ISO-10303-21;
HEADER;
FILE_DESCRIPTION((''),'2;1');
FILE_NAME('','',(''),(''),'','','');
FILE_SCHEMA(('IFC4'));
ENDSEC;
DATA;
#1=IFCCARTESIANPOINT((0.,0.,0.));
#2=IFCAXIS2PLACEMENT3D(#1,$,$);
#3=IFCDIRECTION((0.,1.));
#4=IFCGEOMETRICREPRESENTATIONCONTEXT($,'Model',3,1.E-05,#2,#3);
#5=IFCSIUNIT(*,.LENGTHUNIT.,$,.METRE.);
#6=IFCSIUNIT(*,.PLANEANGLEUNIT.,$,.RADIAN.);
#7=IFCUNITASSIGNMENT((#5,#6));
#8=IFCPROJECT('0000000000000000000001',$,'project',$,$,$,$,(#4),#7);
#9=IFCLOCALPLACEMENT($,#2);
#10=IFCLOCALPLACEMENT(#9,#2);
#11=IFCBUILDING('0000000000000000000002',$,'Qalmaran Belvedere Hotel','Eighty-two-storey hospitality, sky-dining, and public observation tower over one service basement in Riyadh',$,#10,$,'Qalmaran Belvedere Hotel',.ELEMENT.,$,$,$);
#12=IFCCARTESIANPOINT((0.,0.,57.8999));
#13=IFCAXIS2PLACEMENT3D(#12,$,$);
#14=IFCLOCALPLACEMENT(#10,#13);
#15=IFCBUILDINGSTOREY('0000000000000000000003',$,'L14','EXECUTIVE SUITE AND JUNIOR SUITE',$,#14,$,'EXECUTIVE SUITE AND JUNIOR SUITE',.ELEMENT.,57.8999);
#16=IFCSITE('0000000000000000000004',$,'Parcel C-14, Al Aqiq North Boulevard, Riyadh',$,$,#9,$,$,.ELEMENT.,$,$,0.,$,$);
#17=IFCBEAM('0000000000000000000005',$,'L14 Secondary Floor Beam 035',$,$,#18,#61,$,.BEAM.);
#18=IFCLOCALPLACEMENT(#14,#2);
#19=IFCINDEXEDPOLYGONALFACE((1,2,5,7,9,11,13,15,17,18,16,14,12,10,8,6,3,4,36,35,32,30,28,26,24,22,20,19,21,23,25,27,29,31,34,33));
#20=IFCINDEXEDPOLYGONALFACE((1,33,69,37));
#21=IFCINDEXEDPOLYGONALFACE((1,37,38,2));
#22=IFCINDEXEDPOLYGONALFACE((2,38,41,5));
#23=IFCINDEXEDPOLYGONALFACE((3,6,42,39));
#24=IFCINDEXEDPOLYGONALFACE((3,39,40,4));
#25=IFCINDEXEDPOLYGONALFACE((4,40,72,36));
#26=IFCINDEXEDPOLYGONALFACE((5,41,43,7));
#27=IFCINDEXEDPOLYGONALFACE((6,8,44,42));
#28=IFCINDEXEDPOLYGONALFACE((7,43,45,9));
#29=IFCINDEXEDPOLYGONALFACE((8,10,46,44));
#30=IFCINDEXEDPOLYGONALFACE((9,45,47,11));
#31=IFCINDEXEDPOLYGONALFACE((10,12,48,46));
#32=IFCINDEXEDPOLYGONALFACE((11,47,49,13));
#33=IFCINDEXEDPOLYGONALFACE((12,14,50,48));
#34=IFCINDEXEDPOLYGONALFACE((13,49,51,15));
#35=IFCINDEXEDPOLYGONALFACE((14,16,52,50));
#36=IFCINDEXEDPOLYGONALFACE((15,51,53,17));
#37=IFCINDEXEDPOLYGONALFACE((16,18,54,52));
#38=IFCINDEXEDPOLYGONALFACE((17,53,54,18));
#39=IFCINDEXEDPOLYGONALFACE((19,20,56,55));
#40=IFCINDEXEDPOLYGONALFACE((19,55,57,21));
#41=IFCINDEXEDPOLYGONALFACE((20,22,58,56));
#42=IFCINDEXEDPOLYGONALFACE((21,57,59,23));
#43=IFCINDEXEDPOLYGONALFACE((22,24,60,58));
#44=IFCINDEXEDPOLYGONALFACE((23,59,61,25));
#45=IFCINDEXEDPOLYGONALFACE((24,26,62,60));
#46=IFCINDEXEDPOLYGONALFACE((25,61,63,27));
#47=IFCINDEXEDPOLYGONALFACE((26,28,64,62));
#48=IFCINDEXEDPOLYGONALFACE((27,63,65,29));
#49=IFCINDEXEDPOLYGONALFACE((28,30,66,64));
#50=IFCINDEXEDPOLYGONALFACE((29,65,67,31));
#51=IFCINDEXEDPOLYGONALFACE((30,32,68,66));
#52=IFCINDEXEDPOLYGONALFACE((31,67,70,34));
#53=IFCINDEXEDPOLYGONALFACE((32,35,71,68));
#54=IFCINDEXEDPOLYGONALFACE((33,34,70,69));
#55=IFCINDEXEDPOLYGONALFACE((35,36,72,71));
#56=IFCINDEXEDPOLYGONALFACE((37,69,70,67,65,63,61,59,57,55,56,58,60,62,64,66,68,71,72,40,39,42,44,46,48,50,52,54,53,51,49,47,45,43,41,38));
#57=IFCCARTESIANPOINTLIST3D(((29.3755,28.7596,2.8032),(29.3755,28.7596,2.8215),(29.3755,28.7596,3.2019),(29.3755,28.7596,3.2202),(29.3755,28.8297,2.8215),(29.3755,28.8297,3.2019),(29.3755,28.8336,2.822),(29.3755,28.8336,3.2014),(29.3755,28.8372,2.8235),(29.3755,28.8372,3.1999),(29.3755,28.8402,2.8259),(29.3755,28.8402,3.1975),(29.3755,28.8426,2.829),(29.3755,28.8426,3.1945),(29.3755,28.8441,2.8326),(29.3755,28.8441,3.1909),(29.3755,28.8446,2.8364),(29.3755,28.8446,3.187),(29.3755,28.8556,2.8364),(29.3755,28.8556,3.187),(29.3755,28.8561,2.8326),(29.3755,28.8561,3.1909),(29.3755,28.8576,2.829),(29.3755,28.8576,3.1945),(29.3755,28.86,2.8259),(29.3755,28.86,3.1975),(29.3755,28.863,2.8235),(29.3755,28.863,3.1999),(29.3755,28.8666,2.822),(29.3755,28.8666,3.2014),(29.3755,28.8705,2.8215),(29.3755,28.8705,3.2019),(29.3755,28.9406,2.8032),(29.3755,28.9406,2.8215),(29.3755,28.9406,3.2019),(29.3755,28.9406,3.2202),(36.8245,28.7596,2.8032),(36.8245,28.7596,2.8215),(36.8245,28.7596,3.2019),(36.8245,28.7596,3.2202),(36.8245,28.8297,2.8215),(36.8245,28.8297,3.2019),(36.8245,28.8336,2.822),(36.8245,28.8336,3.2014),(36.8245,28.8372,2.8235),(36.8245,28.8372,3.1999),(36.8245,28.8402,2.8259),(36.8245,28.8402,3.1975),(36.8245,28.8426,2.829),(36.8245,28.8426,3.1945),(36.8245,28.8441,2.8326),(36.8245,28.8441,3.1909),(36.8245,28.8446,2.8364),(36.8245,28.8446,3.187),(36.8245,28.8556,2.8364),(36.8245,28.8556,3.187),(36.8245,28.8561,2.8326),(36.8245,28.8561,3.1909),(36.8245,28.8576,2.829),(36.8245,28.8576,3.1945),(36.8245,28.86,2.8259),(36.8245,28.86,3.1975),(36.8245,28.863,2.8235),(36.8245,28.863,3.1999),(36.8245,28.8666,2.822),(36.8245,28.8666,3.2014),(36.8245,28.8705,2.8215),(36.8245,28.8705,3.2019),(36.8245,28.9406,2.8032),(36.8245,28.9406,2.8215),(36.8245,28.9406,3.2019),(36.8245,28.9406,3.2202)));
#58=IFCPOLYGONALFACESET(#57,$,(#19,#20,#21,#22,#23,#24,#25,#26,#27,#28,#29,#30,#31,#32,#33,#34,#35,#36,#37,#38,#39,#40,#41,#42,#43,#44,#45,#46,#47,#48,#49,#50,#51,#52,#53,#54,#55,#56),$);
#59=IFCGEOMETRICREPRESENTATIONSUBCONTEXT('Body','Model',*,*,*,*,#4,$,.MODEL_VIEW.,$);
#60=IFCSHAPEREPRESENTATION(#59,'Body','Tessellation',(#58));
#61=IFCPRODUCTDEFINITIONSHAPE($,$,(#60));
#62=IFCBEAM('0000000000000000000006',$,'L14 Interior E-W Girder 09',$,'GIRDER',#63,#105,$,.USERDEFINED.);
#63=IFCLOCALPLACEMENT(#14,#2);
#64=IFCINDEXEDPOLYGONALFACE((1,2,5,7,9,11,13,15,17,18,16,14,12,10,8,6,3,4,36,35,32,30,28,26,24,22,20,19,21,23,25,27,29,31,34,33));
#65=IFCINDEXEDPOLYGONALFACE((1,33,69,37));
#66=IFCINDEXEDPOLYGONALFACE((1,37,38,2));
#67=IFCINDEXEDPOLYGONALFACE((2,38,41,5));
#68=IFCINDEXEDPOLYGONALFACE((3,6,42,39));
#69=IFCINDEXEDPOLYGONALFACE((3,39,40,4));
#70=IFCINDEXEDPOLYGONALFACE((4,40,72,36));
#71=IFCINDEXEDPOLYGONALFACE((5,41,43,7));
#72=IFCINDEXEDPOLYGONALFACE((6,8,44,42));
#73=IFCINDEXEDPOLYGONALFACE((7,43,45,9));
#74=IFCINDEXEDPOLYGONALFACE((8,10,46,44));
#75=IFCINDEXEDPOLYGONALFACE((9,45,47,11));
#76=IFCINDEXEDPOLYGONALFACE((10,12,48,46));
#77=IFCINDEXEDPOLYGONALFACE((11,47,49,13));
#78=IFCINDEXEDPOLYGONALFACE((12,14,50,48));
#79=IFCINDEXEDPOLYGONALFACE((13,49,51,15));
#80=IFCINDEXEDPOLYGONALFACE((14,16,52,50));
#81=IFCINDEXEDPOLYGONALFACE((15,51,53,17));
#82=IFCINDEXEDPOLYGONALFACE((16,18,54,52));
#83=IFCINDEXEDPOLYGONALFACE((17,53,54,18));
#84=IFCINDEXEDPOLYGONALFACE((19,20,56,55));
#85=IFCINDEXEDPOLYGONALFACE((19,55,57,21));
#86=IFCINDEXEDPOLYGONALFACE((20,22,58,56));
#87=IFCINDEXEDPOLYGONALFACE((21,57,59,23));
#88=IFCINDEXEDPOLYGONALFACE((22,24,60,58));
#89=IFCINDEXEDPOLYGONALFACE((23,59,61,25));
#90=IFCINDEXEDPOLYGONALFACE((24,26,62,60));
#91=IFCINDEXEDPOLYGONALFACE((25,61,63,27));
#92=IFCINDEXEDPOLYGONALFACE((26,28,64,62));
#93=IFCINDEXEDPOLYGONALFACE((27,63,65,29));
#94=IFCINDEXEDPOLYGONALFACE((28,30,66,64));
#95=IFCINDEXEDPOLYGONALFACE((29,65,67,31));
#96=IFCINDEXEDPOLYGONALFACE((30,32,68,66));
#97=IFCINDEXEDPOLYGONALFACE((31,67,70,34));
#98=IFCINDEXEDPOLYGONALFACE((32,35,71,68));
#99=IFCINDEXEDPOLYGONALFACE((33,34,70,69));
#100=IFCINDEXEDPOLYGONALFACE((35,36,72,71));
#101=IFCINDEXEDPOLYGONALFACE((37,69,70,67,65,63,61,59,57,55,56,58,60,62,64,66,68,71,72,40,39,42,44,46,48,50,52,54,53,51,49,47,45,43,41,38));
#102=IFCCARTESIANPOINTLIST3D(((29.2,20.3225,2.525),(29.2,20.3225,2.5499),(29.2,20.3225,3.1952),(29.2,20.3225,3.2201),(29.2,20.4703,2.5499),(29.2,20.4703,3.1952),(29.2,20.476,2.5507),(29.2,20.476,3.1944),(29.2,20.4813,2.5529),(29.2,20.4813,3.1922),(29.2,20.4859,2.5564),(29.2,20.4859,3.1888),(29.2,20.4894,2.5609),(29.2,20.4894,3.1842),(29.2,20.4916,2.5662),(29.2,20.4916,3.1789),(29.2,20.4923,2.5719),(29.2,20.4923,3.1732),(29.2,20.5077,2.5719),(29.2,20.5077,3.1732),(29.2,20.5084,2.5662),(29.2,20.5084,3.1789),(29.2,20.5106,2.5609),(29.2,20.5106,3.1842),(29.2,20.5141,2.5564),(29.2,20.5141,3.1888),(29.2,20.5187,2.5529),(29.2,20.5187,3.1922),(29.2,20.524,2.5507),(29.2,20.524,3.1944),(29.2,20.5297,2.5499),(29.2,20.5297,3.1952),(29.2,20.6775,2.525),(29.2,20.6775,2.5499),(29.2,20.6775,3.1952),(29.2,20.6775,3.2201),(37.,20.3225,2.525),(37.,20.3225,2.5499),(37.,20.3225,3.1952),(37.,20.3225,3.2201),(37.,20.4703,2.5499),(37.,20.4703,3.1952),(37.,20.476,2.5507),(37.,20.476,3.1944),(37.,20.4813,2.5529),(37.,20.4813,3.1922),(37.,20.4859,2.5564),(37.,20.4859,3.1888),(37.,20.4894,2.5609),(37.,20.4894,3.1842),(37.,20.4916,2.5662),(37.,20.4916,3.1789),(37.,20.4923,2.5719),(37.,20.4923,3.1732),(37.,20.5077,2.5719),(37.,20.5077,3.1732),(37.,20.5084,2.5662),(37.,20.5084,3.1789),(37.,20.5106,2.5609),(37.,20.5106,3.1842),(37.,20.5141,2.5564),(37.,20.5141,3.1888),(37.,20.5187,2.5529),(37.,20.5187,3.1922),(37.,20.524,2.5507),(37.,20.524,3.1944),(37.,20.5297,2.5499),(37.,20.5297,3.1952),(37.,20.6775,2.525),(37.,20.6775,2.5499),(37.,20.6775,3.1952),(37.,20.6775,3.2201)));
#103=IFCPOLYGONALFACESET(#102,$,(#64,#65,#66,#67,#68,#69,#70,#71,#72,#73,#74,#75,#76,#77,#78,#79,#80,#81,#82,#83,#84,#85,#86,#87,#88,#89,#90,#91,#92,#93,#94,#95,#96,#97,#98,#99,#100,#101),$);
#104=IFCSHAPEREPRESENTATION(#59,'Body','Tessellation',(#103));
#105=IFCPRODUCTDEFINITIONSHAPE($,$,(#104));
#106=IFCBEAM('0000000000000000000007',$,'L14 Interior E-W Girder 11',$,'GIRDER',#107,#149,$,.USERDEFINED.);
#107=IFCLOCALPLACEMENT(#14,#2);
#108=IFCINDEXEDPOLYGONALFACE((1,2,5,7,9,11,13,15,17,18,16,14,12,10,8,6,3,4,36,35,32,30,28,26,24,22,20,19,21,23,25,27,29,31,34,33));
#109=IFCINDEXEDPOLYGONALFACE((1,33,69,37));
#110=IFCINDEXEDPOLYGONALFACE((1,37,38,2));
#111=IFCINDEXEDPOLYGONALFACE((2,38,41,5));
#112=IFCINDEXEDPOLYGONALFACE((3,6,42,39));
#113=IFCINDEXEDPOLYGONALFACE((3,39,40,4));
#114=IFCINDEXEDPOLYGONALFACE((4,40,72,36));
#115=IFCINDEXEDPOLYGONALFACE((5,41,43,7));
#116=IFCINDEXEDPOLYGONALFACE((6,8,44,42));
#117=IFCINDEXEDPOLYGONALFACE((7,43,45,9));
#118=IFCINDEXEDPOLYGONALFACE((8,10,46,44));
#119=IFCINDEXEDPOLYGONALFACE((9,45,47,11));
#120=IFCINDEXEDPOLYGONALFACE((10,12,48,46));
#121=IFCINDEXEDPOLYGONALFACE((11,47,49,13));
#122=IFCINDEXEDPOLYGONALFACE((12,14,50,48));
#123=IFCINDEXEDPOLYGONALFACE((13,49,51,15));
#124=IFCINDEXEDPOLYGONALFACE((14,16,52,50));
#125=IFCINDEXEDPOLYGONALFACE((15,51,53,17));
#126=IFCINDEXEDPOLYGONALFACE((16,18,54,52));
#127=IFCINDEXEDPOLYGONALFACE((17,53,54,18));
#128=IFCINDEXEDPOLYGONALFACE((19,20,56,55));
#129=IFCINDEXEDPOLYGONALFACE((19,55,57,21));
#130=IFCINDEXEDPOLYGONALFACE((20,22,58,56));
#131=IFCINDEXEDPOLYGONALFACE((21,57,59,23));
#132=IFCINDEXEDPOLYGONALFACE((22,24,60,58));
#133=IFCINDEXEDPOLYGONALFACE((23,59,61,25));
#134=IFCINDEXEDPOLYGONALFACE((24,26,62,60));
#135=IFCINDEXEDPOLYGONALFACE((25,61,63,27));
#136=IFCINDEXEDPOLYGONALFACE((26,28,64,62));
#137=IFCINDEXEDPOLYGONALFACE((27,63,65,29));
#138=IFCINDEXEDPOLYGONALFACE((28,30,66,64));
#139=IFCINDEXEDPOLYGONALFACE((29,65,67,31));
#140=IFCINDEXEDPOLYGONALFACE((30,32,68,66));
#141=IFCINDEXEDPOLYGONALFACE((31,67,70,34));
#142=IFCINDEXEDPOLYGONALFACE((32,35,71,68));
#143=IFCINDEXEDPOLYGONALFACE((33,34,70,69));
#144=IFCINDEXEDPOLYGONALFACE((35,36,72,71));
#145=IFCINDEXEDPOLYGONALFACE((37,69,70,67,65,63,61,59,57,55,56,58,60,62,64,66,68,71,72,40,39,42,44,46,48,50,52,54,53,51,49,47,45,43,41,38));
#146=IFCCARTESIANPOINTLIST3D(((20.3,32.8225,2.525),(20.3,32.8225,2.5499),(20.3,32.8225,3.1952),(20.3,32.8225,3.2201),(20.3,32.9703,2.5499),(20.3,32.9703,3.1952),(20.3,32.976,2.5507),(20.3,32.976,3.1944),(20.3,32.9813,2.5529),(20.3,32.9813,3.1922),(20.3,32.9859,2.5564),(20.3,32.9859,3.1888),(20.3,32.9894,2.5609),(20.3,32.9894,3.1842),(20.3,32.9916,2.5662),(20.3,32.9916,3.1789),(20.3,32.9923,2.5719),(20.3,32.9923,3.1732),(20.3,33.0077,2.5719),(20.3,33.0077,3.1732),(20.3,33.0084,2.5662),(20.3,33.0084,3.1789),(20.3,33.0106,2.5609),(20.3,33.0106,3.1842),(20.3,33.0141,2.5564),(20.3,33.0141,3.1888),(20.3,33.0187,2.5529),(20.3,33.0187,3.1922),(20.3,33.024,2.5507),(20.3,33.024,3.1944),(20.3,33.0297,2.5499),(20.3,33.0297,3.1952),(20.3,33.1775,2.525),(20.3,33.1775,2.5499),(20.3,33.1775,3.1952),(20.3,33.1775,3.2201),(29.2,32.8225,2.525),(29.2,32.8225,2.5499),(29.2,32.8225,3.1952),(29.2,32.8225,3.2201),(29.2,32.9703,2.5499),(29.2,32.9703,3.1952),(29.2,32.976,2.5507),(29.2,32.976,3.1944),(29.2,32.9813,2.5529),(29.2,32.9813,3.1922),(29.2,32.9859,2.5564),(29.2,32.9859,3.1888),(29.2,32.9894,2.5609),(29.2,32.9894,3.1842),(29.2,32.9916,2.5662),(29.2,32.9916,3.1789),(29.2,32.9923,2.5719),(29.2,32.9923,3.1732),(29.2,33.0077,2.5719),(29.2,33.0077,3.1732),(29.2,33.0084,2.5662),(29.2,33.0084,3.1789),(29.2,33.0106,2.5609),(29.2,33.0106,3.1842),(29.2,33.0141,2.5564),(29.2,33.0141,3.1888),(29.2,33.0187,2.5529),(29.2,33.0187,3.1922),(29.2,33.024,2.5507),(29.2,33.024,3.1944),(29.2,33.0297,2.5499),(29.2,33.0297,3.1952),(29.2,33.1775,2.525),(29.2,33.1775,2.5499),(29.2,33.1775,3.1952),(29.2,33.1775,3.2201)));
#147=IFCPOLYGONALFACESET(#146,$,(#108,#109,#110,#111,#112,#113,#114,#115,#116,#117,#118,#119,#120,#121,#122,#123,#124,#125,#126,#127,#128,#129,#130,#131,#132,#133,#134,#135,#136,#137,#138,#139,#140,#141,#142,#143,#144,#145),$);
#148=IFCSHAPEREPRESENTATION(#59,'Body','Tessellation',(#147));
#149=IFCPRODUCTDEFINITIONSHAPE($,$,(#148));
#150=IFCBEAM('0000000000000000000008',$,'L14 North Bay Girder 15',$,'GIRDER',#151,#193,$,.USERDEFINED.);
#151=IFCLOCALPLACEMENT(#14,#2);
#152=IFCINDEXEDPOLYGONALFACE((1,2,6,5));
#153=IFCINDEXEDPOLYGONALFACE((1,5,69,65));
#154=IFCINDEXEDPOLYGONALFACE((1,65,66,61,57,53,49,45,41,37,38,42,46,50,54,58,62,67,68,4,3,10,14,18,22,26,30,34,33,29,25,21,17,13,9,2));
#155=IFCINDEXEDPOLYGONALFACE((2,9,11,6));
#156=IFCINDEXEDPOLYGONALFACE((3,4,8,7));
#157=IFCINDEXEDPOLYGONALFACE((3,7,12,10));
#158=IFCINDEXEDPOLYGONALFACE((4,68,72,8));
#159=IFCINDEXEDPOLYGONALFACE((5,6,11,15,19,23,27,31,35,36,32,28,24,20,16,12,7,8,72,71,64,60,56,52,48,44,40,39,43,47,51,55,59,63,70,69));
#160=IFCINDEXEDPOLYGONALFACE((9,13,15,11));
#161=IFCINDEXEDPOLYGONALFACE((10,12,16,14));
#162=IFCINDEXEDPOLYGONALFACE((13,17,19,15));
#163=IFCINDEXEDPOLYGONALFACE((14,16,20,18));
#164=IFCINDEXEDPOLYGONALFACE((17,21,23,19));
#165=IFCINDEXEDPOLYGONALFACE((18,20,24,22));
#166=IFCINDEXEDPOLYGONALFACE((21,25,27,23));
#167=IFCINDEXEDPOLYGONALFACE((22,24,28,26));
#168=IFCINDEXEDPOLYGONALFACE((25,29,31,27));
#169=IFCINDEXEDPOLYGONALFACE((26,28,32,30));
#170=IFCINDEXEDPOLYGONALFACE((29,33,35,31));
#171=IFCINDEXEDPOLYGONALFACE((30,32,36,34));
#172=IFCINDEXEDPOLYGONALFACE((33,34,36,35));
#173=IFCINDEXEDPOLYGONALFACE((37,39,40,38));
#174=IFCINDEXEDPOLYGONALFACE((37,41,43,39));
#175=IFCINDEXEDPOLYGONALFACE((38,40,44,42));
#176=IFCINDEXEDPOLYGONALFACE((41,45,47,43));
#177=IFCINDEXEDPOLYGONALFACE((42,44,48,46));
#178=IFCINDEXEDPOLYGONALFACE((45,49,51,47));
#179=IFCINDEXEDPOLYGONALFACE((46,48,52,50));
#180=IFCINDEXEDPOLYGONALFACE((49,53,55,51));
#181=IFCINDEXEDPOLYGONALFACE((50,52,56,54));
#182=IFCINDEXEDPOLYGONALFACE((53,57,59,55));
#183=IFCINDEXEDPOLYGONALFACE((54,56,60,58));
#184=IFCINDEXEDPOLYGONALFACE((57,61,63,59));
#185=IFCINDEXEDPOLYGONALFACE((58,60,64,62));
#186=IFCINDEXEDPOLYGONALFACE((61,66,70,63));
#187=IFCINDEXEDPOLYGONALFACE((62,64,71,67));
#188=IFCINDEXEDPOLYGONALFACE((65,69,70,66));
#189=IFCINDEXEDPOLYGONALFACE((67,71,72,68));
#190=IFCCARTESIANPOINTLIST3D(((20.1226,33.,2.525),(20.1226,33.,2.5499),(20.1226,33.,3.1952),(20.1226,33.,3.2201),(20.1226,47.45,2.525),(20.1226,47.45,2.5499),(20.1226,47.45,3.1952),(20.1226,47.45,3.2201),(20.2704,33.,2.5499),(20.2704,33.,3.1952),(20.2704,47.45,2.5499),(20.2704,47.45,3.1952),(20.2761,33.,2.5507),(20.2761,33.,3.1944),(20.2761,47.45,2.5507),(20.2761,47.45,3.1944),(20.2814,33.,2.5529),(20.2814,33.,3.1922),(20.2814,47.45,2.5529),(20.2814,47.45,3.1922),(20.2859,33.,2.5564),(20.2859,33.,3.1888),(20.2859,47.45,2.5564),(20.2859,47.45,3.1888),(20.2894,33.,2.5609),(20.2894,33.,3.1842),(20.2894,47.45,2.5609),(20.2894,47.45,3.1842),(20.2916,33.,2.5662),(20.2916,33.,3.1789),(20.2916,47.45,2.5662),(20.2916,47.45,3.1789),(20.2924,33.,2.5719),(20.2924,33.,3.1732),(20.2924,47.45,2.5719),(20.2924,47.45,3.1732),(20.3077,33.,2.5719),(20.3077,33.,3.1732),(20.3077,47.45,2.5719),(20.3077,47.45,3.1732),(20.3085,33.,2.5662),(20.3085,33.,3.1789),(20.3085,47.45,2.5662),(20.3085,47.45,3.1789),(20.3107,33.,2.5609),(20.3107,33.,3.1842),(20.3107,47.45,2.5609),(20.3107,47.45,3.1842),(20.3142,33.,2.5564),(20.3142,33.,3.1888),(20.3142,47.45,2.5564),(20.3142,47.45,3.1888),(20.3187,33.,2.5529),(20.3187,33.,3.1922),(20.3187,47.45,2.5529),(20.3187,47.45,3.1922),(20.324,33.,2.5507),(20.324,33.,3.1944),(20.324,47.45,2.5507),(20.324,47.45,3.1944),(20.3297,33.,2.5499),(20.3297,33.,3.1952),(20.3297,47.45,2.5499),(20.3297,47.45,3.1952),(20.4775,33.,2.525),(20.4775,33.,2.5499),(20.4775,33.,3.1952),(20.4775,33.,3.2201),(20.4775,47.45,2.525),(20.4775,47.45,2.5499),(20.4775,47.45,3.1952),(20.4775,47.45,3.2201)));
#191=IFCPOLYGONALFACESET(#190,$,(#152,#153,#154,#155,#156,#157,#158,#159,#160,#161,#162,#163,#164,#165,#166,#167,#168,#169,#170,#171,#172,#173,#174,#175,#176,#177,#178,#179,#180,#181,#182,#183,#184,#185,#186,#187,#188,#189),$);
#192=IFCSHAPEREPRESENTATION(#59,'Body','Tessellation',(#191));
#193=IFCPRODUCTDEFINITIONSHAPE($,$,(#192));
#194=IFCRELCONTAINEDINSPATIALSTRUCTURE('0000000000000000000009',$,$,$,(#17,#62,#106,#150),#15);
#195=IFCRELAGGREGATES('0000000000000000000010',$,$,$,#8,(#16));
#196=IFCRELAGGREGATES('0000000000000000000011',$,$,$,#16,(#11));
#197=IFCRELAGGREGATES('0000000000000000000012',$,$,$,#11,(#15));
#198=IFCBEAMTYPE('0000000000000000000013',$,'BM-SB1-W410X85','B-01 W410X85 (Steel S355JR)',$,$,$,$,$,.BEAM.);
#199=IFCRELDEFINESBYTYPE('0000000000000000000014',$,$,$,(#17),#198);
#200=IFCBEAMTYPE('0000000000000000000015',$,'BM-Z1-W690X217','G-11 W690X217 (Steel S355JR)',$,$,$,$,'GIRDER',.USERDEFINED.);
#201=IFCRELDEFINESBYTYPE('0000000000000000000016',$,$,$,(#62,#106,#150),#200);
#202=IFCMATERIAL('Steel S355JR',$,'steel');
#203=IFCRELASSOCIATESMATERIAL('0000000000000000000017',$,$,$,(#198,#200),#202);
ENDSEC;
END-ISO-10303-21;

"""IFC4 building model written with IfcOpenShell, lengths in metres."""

from ifc_helpers import new_model, si_unit, direction, frame, origin, origin_2d, place, context, subcontext, project, spatial, i_section, extrude, material, material_profile, profile_set, type_object, element, save


model = new_model("IFC4")

# Units and contexts
model_context = context("Model", 3, precision=1e-05, world=origin(), true_north=direction((0.0, 1.0)))
body_context = subcontext(model_context, "Body", "Model", "MODEL_VIEW")
ifc_project = project(units=[si_unit("LENGTHUNIT", "METRE"), si_unit("PLANEANGLEUNIT", "RADIAN")], contexts=[model_context])

# Site, building, storey
site_placement = place(None, origin())
site = spatial("IfcSite", under=ifc_project, at=site_placement, Name="Parcel C-14, Al Aqiq North Boulevard, Riyadh", CompositionType="ELEMENT", RefElevation=0.0)
building_placement = place(site_placement, origin())
building = spatial("IfcBuilding", under=site, at=building_placement, Name="Qalmaran Belvedere Hotel", Description="Eighty-two-storey hospitality, sky-dining, and public observation tower over one service basement in Riyadh", LongName="Qalmaran Belvedere Hotel", CompositionType="ELEMENT")
storey_placement = place(building_placement, frame((0.0, 0.0, 57.8999)))
storey = spatial("IfcBuildingStorey", under=building, at=storey_placement, Name="L14", Description="EXECUTIVE SUITE AND JUNIOR SUITE", LongName="EXECUTIVE SUITE AND JUNIOR SUITE", CompositionType="ELEMENT", Elevation=57.8999)

# Beams
ifc_material_1 = material(Name="Steel S355JR", Category="steel")
ifc_material_profile_1 = material_profile(ifc_material_1, i_section(OverallWidth=0.1809, OverallDepth=0.417, WebThickness=0.011, FlangeThickness=0.0183, FilletRadius=0.0149, at=origin_2d()), Name="W410X85")
ifc_profile_set_1 = profile_set([ifc_material_profile_1], Name="Steel S355JR")
beam_type_1 = type_object("IfcBeamType", Name="BM-SB1-W410X85", Description="B-01 W410X85 (Steel S355JR)", PredefinedType="BEAM", material=ifc_profile_set_1)
beam_1_placement = place(storey_placement, frame((29.3755, 28.8501, 3.0117), z_axis=(1.0, 0.0, 0.0), x_axis=(0.0, 1.0, 0.0)))
element("IfcBeam", 1, at=beam_1_placement, inside=storey, type_object=beam_type_1, Name="L14 Secondary Floor Beam 035", PredefinedType="BEAM", context=body_context, shape_type="SweptSolid", body=[
    extrude(i_section(OverallWidth=0.1809, OverallDepth=0.417, WebThickness=0.011, FlangeThickness=0.0183, FilletRadius=0.0149, at=origin_2d()), origin(), (0.0, 0.0, 1.0), 7.449),
])
ifc_material_profile_2 = material_profile(ifc_material_1, i_section(OverallWidth=0.355, OverallDepth=0.6951, WebThickness=0.0154, FlangeThickness=0.0249, FilletRadius=0.022, at=origin_2d()), Name="W690X217")
ifc_profile_set_2 = profile_set([ifc_material_profile_2], Name="Steel S355JR")
beam_type_2 = type_object("IfcBeamType", Name="BM-Z1-W690X217", Description="G-11 W690X217 (Steel S355JR)", ElementType="GIRDER", PredefinedType="USERDEFINED", material=ifc_profile_set_2)
beam_2_placement = place(storey_placement, frame((29.2, 20.5, 2.8726), z_axis=(1.0, 0.0, 0.0), x_axis=(0.0, 1.0, 0.0)))
element("IfcBeam", 2, at=beam_2_placement, inside=storey, type_object=beam_type_2, Name="L14 Interior E-W Girder 09", ObjectType="GIRDER", PredefinedType="USERDEFINED", context=body_context, shape_type="SweptSolid", body=[
    extrude(i_section(OverallWidth=0.355, OverallDepth=0.6951, WebThickness=0.0154, FlangeThickness=0.0249, FilletRadius=0.022, at=origin_2d()), origin(), (0.0, 0.0, 1.0), 7.8),
])
beam_3_placement = place(storey_placement, frame((20.3, 33.0, 2.8726), z_axis=(1.0, 0.0, 0.0), x_axis=(0.0, 1.0, 0.0)))
element("IfcBeam", 3, at=beam_3_placement, inside=storey, type_object=beam_type_2, Name="L14 Interior E-W Girder 11", ObjectType="GIRDER", PredefinedType="USERDEFINED", context=body_context, shape_type="SweptSolid", body=[
    extrude(i_section(OverallWidth=0.355, OverallDepth=0.6951, WebThickness=0.0154, FlangeThickness=0.0249, FilletRadius=0.022, at=origin_2d()), origin(), (0.0, 0.0, 1.0), 8.8999),
])
beam_4_placement = place(storey_placement, frame((20.3, 33.0, 2.8726), z_axis=(0.0, 1.0, 0.0), x_axis=(-1.0, 0.0, 0.0)))
element("IfcBeam", 4, at=beam_4_placement, inside=storey, type_object=beam_type_2, Name="L14 North Bay Girder 15", ObjectType="GIRDER", PredefinedType="USERDEFINED", context=body_context, shape_type="SweptSolid", body=[
    extrude(i_section(OverallWidth=0.355, OverallDepth=0.6951, WebThickness=0.0154, FlangeThickness=0.0249, FilletRadius=0.022, at=origin_2d()), origin(), (0.0, 0.0, 1.0), 14.45),
])

save(model, "model.ifc")
